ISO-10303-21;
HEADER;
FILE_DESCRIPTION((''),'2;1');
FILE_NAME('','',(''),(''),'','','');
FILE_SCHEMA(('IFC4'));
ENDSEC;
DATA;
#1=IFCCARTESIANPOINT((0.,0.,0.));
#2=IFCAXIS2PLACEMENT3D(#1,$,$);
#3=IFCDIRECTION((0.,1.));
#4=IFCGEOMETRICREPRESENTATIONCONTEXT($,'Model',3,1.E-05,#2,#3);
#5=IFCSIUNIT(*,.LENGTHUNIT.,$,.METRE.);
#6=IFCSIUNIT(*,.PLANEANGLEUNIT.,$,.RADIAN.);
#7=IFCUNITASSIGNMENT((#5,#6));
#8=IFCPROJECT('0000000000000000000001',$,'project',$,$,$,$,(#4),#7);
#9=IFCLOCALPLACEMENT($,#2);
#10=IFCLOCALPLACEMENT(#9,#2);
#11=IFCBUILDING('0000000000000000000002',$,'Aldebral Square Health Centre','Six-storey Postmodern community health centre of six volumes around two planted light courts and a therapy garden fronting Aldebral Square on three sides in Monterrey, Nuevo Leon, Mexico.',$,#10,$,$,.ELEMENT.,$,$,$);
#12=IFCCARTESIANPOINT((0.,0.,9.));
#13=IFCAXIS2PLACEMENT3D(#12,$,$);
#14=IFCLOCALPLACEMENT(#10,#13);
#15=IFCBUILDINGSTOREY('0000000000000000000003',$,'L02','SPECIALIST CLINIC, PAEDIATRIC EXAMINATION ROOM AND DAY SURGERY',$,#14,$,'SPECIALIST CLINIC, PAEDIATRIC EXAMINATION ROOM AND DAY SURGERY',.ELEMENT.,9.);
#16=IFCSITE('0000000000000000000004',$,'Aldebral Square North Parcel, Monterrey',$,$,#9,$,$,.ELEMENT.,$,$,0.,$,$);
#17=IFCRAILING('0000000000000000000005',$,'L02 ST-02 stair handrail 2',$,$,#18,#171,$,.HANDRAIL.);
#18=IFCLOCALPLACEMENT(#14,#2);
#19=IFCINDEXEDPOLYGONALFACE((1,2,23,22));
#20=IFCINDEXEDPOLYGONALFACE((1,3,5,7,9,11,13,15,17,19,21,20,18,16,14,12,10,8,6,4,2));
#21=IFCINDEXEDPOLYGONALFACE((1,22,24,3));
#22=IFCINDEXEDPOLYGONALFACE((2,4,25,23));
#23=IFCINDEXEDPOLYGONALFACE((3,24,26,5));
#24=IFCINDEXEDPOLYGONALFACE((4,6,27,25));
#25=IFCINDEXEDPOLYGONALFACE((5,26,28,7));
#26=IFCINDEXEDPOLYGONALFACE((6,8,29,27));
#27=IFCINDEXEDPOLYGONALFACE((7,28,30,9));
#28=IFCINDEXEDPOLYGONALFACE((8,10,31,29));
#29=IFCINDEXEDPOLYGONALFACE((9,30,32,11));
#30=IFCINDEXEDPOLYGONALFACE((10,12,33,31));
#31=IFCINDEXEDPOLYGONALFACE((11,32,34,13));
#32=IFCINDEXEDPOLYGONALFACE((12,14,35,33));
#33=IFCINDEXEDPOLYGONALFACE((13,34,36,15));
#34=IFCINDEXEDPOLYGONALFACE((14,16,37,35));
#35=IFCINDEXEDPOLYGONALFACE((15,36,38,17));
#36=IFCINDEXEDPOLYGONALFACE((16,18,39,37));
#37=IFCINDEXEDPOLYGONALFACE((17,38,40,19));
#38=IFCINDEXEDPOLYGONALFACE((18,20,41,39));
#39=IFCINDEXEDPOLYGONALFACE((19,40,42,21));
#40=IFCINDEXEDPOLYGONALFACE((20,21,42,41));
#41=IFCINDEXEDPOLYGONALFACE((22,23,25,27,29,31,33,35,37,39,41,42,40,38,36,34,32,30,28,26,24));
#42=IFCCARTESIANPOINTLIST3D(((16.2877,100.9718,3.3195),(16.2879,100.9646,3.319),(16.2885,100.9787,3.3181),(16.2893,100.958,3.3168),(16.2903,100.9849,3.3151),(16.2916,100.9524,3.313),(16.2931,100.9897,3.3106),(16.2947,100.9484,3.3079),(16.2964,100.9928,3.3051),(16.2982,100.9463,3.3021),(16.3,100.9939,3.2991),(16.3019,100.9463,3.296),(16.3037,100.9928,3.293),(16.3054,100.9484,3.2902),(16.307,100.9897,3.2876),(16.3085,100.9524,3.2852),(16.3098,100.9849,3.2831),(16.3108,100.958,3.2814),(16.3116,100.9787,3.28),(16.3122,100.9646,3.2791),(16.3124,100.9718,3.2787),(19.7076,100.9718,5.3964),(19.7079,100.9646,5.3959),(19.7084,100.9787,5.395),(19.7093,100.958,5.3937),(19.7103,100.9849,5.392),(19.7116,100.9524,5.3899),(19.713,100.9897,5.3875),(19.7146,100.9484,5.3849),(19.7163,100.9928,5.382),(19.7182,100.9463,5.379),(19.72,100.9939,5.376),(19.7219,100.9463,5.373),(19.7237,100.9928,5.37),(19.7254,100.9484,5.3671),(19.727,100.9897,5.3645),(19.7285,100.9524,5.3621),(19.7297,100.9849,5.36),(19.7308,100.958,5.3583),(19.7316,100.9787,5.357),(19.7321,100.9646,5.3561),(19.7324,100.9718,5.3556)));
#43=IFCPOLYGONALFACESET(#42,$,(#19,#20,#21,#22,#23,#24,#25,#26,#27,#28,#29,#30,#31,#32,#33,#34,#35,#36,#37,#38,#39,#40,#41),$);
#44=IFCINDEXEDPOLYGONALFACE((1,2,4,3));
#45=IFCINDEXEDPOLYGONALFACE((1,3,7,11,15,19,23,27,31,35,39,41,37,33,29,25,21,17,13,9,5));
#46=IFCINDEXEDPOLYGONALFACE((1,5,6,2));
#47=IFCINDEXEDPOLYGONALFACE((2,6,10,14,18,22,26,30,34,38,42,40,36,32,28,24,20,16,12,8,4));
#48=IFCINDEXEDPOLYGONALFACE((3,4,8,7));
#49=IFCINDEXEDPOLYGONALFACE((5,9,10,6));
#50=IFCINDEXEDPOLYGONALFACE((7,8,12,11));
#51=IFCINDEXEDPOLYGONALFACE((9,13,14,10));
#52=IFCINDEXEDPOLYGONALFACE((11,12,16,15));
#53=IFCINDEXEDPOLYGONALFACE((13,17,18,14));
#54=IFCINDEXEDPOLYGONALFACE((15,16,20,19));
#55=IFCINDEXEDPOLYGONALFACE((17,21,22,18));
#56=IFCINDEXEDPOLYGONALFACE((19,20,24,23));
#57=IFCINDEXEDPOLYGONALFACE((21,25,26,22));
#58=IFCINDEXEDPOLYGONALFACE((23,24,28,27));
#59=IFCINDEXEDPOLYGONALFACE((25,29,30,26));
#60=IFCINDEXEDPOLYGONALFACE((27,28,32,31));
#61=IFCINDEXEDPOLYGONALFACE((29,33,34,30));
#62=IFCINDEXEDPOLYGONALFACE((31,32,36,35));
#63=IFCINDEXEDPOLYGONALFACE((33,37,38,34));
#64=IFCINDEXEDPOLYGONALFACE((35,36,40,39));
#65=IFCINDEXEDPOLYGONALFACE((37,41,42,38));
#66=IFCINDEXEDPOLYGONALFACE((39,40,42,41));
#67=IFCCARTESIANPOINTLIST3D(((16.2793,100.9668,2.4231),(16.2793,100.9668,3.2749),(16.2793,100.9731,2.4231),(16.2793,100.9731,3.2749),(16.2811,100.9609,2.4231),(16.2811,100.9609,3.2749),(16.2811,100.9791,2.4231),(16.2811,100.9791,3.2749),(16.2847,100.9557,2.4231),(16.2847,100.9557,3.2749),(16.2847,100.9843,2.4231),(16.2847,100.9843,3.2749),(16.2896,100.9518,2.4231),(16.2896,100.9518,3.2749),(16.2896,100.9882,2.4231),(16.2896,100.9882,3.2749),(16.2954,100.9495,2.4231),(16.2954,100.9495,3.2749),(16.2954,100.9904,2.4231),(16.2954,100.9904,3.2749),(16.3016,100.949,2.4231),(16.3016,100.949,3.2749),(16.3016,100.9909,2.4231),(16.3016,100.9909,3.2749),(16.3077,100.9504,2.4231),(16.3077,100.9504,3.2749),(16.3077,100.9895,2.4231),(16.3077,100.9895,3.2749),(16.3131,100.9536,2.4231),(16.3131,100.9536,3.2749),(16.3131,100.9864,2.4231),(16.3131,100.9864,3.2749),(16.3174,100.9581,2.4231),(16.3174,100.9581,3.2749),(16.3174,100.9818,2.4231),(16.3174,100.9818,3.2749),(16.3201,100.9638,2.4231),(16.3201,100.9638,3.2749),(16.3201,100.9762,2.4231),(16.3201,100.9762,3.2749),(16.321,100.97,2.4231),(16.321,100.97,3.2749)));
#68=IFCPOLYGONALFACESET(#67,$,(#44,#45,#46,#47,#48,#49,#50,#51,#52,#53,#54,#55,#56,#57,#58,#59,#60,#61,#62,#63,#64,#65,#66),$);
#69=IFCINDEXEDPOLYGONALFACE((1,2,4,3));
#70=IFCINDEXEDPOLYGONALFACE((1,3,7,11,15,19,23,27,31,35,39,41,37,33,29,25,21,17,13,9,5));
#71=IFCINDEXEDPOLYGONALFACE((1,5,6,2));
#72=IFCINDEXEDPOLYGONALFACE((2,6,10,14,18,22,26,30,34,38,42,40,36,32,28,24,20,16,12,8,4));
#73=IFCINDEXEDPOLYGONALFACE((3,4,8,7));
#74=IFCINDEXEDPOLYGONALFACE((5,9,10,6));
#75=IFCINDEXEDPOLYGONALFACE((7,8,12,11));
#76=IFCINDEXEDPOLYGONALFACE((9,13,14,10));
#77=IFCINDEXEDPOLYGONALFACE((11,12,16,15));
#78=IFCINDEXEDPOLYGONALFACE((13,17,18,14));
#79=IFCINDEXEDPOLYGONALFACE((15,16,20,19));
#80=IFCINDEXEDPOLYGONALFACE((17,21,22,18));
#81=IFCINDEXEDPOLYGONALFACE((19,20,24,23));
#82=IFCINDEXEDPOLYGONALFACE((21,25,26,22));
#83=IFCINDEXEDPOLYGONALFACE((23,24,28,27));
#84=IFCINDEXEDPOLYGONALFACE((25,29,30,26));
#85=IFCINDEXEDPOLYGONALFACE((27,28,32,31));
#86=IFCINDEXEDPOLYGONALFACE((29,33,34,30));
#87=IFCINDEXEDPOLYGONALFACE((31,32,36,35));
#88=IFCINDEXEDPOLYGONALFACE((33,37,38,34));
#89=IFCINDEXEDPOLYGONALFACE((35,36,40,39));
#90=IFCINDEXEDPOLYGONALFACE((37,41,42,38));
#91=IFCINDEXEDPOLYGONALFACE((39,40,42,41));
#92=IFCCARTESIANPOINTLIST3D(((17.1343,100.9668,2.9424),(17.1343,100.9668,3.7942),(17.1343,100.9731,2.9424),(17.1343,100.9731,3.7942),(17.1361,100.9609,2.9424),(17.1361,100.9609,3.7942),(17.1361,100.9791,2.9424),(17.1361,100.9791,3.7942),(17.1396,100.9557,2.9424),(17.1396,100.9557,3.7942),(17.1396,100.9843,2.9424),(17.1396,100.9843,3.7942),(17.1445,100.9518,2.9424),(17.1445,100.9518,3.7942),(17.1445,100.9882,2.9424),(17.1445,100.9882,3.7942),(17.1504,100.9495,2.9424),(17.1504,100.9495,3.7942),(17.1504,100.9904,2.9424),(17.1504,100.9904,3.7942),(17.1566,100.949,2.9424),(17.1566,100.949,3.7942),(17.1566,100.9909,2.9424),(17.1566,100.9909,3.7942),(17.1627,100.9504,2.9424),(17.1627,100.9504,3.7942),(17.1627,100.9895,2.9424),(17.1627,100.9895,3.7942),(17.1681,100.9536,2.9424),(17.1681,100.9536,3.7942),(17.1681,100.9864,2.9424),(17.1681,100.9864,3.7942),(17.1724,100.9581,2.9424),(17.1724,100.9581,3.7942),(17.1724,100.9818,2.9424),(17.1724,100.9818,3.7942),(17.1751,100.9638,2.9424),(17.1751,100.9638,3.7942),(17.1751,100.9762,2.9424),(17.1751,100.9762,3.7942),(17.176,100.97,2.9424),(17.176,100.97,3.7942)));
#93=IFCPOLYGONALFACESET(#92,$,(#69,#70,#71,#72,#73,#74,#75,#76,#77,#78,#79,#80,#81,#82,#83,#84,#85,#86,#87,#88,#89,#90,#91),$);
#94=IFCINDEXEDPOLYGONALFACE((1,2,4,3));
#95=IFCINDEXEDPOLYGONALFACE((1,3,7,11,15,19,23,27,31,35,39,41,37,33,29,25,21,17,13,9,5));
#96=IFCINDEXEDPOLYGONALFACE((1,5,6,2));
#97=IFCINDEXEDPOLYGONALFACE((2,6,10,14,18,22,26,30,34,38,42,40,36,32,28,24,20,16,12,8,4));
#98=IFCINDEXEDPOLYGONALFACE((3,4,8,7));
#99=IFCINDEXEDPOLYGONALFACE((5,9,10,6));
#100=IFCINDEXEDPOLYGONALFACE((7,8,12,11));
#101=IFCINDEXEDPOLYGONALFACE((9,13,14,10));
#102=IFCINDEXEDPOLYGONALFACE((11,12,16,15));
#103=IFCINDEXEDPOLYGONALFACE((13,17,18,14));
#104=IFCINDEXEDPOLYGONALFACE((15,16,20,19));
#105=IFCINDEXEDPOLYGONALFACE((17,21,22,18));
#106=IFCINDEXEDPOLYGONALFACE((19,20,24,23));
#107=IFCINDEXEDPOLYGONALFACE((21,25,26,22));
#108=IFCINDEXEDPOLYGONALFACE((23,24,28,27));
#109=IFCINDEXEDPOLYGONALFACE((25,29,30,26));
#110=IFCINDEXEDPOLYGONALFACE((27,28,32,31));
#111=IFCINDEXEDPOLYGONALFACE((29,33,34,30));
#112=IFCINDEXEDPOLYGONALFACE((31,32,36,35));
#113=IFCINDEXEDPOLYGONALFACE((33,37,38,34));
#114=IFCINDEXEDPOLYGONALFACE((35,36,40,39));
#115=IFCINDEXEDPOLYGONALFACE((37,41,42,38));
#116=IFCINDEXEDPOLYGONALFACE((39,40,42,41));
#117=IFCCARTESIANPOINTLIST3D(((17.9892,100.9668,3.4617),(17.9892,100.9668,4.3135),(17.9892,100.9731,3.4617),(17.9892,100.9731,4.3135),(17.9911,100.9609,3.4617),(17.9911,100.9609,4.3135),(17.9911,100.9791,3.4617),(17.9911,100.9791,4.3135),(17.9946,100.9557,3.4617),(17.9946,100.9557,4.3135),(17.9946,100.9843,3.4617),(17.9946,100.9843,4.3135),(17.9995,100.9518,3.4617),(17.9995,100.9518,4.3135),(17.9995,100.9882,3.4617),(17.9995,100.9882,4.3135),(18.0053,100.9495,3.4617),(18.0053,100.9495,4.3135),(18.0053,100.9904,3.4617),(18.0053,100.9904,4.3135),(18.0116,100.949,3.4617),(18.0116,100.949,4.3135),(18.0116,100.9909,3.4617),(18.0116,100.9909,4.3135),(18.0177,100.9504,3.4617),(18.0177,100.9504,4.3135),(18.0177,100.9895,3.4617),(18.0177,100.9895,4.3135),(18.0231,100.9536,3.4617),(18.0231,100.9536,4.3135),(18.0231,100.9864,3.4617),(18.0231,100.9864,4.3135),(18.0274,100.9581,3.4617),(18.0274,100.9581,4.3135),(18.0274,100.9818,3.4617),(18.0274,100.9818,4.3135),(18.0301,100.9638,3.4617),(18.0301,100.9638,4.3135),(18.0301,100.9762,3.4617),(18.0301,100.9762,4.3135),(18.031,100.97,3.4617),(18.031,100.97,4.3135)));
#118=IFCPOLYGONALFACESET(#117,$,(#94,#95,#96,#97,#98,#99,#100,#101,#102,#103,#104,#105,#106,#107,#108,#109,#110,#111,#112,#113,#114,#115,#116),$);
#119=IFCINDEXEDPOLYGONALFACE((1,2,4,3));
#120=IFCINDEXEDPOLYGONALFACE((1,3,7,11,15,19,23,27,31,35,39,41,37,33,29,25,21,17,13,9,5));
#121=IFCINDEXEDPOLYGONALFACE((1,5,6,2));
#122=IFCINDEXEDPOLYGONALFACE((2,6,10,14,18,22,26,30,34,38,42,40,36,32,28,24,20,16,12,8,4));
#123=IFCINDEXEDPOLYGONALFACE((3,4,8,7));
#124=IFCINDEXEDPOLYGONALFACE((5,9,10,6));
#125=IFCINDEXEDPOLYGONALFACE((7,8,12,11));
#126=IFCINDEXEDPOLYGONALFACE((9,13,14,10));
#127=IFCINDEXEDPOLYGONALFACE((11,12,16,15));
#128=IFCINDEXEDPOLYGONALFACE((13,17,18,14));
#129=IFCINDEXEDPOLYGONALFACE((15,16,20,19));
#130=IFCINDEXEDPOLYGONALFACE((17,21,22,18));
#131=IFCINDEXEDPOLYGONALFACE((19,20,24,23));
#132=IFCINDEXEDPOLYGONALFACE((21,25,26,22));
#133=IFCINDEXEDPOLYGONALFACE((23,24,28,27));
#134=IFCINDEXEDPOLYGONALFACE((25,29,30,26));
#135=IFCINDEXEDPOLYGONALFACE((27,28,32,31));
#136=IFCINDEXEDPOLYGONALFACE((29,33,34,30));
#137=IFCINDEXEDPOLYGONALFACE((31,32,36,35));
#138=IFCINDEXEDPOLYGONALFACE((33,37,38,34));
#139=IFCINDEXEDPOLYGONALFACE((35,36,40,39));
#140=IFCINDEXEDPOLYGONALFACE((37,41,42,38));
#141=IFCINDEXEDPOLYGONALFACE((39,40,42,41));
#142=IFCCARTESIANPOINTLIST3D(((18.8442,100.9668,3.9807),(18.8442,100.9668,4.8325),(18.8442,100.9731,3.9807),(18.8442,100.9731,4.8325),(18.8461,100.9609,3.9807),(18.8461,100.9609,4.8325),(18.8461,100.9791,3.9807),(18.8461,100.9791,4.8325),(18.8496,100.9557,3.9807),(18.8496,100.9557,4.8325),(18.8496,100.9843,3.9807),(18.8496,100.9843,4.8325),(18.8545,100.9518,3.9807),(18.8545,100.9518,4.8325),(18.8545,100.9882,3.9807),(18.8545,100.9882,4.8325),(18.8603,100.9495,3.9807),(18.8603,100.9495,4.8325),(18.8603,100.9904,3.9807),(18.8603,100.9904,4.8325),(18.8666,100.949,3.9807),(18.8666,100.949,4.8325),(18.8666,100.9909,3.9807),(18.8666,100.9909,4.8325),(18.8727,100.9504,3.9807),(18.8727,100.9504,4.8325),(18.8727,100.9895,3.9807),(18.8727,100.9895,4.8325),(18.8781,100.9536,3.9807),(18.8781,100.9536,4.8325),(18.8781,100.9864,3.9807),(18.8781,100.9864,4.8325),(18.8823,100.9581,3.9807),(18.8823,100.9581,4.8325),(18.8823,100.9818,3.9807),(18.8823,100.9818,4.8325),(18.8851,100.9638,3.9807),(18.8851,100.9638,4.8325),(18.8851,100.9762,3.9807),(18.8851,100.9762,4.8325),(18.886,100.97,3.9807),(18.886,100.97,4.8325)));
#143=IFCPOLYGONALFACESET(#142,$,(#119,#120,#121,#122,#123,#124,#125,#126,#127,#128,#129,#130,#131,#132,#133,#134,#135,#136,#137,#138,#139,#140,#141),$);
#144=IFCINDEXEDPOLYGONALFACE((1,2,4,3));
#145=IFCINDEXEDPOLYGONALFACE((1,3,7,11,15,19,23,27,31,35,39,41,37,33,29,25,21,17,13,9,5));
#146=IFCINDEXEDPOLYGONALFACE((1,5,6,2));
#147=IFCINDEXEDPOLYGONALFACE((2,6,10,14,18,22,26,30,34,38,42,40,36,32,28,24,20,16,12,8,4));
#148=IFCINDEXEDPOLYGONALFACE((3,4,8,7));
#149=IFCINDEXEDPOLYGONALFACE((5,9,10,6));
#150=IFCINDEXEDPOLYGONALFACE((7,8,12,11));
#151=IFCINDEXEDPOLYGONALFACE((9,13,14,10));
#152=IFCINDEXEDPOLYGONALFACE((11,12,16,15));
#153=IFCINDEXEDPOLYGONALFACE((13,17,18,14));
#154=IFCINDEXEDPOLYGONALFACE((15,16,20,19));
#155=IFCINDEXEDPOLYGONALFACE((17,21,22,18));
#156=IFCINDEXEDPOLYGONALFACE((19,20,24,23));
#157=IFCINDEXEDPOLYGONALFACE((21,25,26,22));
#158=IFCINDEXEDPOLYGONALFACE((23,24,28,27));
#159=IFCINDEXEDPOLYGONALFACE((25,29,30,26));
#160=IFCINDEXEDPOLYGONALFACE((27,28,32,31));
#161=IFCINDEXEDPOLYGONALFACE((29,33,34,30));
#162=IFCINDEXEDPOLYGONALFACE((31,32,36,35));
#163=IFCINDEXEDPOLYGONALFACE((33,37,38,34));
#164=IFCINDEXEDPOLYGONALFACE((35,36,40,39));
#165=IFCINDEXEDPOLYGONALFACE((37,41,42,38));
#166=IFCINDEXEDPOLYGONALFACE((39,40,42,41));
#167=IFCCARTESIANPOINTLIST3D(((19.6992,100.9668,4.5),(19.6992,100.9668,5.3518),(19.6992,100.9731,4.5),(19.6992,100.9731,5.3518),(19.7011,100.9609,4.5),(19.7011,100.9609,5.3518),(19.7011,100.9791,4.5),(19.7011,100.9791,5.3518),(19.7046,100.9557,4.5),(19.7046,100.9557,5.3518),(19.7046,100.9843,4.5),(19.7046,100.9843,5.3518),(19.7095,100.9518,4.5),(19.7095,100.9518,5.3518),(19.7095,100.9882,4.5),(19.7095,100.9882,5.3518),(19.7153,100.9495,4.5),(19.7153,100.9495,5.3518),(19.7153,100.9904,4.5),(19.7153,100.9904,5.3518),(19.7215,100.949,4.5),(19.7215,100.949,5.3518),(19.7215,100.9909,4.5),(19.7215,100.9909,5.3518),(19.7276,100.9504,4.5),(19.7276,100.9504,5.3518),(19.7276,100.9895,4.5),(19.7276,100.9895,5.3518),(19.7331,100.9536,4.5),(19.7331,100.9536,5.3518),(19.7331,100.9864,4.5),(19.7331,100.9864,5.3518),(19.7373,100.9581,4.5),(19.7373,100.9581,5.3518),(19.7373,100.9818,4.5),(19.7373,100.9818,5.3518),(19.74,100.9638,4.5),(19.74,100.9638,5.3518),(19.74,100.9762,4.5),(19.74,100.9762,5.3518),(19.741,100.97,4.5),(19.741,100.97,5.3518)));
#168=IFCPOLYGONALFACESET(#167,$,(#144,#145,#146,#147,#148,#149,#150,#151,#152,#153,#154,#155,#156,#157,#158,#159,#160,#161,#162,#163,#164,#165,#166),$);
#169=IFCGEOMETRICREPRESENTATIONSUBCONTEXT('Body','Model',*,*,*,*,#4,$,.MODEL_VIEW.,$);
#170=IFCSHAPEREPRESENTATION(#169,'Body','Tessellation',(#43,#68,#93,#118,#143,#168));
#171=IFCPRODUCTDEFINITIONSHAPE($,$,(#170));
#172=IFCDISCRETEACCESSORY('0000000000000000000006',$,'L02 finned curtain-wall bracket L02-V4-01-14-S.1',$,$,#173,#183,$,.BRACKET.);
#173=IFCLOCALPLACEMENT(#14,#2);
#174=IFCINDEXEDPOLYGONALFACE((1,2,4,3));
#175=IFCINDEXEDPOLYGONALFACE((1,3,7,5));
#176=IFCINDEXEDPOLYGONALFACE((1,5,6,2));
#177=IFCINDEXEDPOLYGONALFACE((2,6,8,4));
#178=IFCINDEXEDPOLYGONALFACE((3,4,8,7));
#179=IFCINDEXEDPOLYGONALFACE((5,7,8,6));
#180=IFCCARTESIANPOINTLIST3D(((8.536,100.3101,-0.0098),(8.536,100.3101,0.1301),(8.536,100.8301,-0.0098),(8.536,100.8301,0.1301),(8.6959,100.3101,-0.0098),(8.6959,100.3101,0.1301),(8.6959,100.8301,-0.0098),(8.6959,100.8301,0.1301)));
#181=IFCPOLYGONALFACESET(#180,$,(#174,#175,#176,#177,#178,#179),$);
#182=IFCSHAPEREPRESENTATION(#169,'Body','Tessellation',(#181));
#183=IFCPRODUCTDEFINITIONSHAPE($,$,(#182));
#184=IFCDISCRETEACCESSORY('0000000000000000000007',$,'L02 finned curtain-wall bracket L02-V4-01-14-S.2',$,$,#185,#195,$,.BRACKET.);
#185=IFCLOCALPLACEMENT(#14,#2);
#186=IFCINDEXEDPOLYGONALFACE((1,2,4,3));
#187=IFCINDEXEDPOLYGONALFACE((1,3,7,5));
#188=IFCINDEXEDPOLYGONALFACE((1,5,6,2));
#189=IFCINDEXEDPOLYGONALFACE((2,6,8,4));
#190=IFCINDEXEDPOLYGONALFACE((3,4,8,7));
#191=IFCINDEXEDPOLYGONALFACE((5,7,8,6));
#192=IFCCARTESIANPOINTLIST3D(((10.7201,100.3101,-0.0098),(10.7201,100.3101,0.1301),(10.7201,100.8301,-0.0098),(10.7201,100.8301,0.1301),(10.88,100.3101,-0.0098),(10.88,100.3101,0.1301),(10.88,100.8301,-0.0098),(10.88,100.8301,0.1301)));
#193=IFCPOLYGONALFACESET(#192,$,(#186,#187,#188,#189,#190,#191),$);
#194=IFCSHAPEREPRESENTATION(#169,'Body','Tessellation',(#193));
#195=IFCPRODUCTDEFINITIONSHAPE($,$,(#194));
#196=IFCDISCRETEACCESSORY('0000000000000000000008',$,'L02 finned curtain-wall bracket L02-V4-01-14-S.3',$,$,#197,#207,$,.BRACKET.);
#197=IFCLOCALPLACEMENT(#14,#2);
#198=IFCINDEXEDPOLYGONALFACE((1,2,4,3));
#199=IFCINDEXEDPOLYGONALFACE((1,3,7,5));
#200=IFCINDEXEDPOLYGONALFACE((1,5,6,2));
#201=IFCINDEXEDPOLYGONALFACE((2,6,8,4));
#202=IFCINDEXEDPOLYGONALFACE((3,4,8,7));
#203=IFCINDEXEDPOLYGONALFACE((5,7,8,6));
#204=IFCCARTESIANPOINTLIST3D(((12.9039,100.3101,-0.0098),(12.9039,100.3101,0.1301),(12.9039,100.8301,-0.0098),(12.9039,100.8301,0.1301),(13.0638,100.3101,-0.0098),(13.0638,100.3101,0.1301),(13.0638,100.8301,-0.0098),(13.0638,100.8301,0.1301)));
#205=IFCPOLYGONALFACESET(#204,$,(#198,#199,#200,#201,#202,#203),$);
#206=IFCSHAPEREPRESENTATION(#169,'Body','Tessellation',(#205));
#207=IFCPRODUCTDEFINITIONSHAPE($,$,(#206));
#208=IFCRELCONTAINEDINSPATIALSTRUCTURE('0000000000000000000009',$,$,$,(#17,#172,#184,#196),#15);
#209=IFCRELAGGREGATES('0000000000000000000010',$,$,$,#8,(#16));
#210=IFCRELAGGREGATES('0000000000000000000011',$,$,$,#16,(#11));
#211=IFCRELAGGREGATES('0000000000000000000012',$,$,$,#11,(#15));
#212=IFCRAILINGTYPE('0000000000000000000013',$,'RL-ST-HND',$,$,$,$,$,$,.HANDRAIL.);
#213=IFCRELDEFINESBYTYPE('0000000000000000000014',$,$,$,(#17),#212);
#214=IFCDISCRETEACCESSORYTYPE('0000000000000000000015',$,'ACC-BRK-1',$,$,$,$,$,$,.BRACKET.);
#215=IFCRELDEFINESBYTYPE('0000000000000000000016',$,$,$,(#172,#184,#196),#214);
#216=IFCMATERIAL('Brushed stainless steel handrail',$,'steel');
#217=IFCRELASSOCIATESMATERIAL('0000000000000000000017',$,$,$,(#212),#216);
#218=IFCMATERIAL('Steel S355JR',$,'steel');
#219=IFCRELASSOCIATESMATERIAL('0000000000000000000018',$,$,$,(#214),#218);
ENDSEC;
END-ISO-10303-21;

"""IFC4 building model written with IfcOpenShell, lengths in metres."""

from ifc_helpers import new_model, si_unit, direction, frame, origin, origin_2d, place, context, subcontext, project, spatial, rectangle, circle, extrude, material, type_object, element, save


model = new_model("IFC4")

# Units and contexts
model_context = context("Model", 3, precision=1e-05, world=origin(), true_north=direction((0.0, 1.0)))
body_context = subcontext(model_context, "Body", "Model", "MODEL_VIEW")
ifc_project = project(units=[si_unit("LENGTHUNIT", "METRE"), si_unit("PLANEANGLEUNIT", "RADIAN")], contexts=[model_context])

# Site, building, storey
site_placement = place(None, origin())
site = spatial("IfcSite", under=ifc_project, at=site_placement, Name="Aldebral Square North Parcel, Monterrey", CompositionType="ELEMENT", RefElevation=0.0)
building_placement = place(site_placement, origin())
building = spatial("IfcBuilding", under=site, at=building_placement, Name="Aldebral Square Health Centre", Description="Six-storey Postmodern community health centre of six volumes around two planted light courts and a therapy garden fronting Aldebral Square on three sides in Monterrey, Nuevo Leon, Mexico.", CompositionType="ELEMENT")
storey_placement = place(building_placement, frame((0.0, 0.0, 9.0)))
storey = spatial("IfcBuildingStorey", under=building, at=storey_placement, Name="L02", Description="SPECIALIST CLINIC, PAEDIATRIC EXAMINATION ROOM AND DAY SURGERY", LongName="SPECIALIST CLINIC, PAEDIATRIC EXAMINATION ROOM AND DAY SURGERY", CompositionType="ELEMENT", Elevation=9.0)

# Railing
ifc_material_1 = material(Name="Brushed stainless steel handrail", Category="steel")
railing_type_1 = type_object("IfcRailingType", Name="RL-ST-HND", PredefinedType="HANDRAIL", material=ifc_material_1)
railing_1_placement = place(storey_placement, frame((16.3, 100.97, 2.4231)))
element("IfcRailing", 1, at=railing_1_placement, inside=storey, type_object=railing_type_1, Name="L02 ST-02 stair handrail 2", PredefinedType="HANDRAIL", context=body_context, shape_type="SweptSolid", body=[
    extrude(circle(Radius=0.0239, at=origin_2d()), frame((0.0, 0.0, 0.876), z_axis=(0.85473, 0.0, 0.519074), x_axis=(0.0, 1.0, 0.0)), (0.0, 0.0, 1.0), 4.0012),
    extrude(circle(Radius=0.021, at=origin_2d()), origin(), (0.0, 0.0, 1.0), 0.8518),
    extrude(circle(Radius=0.021, at=origin_2d()), frame((0.855, 0.0, 0.5193)), (0.0, 0.0, 1.0), 0.8518),
    extrude(circle(Radius=0.021, at=origin_2d()), frame((1.71, 0.0, 1.0386)), (0.0, 0.0, 1.0), 0.8518),
    extrude(circle(Radius=0.021, at=origin_2d()), frame((2.5649, 0.0, 1.5576)), (0.0, 0.0, 1.0), 0.8518),
    extrude(circle(Radius=0.021, at=origin_2d()), frame((3.4199, 0.0, 2.0769)), (0.0, 0.0, 1.0), 0.8518),
])

# Discrete accessories
ifc_material_2 = material(Name="Steel S355JR", Category="steel")
discrete_accessory_type = type_object("IfcDiscreteAccessoryType", Name="ACC-BRK-1", PredefinedType="BRACKET", material=ifc_material_2)
for number, where, z_axis, x_axis, name in (
    (2, (8.616, 100.5701, -0.0098), (0.0, 0.0, 1.0), (1.0, 0.0, 0.0), "L02 finned curtain-wall bracket L02-V4-01-14-S.1"),
    (3, (10.8, 100.5701, -0.0098), (0.0, 0.0, 1.0), (1.0, 0.0, 0.0), "L02 finned curtain-wall bracket L02-V4-01-14-S.2"),
    (4, (12.9839, 100.5701, -0.0098), (0.0, 0.0, 1.0), (1.0, 0.0, 0.0), "L02 finned curtain-wall bracket L02-V4-01-14-S.3"),
):
    element("IfcDiscreteAccessory", number, at=place(storey_placement, frame(where, z_axis=z_axis, x_axis=x_axis)), inside=storey, type_object=discrete_accessory_type, Name=name, PredefinedType="BRACKET", context=body_context, shape_type="SweptSolid", body=[
        extrude(rectangle(XDim=0.1599, YDim=0.52, at=origin_2d()), origin(), (0.0, 0.0, 1.0), 0.1399),
    ])

save(model, "model.ifc")
